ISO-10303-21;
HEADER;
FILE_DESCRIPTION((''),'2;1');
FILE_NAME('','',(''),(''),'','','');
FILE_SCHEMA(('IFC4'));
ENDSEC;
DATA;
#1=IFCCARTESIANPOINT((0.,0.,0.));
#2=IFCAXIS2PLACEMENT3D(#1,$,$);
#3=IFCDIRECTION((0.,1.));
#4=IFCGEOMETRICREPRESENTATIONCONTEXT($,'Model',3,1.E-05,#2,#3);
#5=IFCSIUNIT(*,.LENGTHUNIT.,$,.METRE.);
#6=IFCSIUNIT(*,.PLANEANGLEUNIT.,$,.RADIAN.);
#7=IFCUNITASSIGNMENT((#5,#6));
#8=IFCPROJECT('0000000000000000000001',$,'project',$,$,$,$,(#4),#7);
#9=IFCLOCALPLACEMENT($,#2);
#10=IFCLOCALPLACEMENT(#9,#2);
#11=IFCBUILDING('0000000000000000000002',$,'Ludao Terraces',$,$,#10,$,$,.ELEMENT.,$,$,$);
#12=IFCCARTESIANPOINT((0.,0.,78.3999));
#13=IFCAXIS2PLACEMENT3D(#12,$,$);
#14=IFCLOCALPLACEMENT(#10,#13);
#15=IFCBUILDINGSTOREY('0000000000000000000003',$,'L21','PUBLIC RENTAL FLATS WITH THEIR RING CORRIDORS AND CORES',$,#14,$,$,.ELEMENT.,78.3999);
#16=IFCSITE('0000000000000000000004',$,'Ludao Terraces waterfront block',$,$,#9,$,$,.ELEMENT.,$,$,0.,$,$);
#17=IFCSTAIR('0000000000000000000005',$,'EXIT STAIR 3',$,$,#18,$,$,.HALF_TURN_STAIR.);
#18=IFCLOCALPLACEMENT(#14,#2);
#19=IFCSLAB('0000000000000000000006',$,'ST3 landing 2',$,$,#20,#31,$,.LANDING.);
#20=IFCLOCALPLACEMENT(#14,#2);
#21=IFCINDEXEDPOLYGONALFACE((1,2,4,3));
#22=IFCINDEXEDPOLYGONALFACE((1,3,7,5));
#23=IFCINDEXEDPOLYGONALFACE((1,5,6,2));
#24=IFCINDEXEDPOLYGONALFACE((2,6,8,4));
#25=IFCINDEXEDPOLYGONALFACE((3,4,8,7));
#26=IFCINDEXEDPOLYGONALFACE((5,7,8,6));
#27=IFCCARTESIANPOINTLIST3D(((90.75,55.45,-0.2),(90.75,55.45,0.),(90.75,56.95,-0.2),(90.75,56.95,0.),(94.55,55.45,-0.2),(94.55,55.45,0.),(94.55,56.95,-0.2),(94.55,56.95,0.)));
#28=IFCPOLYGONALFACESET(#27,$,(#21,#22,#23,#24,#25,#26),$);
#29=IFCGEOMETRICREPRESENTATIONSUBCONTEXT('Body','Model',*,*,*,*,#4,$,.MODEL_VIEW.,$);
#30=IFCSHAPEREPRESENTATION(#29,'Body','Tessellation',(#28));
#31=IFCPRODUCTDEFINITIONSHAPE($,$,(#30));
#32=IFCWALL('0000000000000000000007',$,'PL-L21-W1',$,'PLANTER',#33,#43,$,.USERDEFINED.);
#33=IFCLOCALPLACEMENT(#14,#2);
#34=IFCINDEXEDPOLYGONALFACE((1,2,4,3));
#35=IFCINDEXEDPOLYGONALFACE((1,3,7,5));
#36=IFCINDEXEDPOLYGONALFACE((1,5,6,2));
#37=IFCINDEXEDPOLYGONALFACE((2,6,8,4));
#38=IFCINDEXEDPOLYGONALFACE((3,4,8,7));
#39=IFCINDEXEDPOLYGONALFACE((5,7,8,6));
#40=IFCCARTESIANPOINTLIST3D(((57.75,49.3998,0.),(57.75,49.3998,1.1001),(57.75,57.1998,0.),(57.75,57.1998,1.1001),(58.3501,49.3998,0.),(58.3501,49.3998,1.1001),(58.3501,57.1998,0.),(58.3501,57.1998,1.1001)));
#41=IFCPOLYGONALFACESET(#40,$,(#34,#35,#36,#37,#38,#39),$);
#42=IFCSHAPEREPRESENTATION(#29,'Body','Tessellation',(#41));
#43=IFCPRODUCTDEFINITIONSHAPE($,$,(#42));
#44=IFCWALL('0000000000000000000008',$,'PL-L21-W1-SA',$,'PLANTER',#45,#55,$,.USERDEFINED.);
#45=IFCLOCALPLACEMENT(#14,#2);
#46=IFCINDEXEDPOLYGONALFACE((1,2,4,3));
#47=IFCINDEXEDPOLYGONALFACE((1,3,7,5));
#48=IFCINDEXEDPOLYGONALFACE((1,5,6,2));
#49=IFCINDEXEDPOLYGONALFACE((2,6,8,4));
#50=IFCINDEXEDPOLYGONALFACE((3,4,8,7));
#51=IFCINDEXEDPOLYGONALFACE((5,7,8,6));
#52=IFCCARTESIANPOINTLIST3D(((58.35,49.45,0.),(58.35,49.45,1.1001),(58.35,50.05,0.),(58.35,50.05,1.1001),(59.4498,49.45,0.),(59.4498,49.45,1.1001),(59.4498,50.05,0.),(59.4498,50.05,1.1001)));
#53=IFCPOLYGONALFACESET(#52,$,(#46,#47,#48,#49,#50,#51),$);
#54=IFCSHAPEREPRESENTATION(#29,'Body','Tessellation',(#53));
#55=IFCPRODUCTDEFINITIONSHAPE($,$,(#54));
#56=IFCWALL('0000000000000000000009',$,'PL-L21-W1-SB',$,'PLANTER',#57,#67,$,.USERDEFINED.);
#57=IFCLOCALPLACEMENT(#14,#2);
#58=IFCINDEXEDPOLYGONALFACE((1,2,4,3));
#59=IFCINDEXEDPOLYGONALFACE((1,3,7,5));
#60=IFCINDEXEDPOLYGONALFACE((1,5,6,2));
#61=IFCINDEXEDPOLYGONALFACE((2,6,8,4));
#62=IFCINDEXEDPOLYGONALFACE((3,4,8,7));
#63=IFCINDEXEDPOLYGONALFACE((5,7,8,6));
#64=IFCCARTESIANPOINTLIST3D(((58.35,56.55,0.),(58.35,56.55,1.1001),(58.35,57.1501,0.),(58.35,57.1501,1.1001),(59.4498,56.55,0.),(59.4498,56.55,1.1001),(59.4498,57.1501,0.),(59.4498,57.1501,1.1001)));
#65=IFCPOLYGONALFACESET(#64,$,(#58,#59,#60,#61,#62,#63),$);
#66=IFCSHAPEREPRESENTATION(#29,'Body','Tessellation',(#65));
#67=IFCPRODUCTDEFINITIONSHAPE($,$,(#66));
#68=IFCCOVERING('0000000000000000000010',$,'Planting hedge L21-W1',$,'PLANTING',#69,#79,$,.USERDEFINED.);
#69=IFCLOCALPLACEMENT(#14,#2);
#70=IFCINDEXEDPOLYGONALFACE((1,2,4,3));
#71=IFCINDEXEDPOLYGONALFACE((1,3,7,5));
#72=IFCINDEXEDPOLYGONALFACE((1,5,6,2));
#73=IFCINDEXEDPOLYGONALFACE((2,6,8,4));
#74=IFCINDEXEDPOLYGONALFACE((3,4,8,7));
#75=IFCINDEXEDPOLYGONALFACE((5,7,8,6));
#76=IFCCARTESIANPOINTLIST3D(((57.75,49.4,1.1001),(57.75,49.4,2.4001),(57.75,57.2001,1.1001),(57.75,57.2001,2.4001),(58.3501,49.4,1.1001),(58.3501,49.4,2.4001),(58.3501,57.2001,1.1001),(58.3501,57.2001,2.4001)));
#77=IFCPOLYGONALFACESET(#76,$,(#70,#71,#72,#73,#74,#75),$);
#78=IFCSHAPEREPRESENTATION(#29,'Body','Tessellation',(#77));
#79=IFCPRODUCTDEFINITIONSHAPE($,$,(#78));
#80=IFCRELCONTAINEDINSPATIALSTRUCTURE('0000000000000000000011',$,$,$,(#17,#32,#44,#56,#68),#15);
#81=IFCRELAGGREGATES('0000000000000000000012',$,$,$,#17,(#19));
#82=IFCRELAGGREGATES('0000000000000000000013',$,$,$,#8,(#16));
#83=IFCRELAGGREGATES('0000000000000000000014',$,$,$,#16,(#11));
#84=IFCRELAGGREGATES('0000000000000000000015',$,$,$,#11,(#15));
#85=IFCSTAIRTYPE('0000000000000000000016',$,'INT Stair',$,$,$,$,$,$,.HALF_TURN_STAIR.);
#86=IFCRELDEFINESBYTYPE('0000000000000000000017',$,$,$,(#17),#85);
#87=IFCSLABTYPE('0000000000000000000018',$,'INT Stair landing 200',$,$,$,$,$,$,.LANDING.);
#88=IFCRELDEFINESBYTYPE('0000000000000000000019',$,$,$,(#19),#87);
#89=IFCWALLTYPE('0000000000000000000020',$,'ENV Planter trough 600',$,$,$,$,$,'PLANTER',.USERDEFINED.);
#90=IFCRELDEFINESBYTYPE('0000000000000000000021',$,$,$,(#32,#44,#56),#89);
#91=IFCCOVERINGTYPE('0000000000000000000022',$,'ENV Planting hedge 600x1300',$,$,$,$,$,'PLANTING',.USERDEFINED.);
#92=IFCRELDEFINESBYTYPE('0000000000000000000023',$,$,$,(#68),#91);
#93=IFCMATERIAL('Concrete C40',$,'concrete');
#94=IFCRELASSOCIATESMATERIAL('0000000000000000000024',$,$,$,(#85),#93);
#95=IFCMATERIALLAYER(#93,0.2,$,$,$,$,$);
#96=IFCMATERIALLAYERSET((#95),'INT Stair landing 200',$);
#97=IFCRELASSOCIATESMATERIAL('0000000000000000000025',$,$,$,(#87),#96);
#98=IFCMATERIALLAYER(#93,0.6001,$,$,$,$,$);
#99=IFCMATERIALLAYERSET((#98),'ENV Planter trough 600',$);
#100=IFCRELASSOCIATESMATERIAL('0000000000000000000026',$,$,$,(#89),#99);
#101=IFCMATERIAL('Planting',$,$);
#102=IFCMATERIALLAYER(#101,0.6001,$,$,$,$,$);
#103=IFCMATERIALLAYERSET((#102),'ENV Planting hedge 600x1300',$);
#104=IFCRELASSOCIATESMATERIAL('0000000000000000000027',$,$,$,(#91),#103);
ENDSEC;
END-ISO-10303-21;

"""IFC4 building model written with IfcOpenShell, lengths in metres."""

from ifc_helpers import new_model, si_unit, direction, frame, frame_2d, origin, origin_2d, place, context, subcontext, project, spatial, polyline, rectangle, outline, extrude, material, layer, layer_set, type_object, element, aggregate, save


model = new_model("IFC4")

# Units and contexts
model_context = context("Model", 3, precision=1e-05, world=origin(), true_north=direction((0.0, 1.0)))
body_context = subcontext(model_context, "Body", "Model", "MODEL_VIEW")
ifc_project = project(units=[si_unit("LENGTHUNIT", "METRE"), si_unit("PLANEANGLEUNIT", "RADIAN")], contexts=[model_context])

# Site, building, storey
site_placement = place(None, origin())
site = spatial("IfcSite", under=ifc_project, at=site_placement, Name="Ludao Terraces waterfront block", CompositionType="ELEMENT", RefElevation=0.0)
building_placement = place(site_placement, origin())
building = spatial("IfcBuilding", under=site, at=building_placement, Name="Ludao Terraces", CompositionType="ELEMENT")
storey_placement = place(building_placement, frame((0.0, 0.0, 78.3999)))
storey = spatial("IfcBuildingStorey", under=building, at=storey_placement, Name="L21", Description="PUBLIC RENTAL FLATS WITH THEIR RING CORRIDORS AND CORES", CompositionType="ELEMENT", Elevation=78.3999)

# Shared definitions
ifc_material_1 = material(Name="Concrete C40", Category="concrete")

# Stair, slab
stair_type = type_object("IfcStairType", Name="INT Stair", PredefinedType="HALF_TURN_STAIR", material=ifc_material_1)
ifc_layer_1 = layer(ifc_material_1, 0.2)
ifc_layer_set_1 = layer_set([ifc_layer_1], Name="INT Stair landing 200")
slab_type_1 = type_object("IfcSlabType", Name="INT Stair landing 200", PredefinedType="LANDING", material=ifc_layer_set_1)
stair_1_placement = place(storey_placement, origin())
stair_1 = element("IfcStair", 1, at=stair_1_placement, inside=storey, type_object=stair_type, Name="EXIT STAIR 3", PredefinedType="HALF_TURN_STAIR")
slab_1_placement = place(storey_placement, frame((0.0, 0.0, -0.2)))
slab_1 = element("IfcSlab", 2, at=slab_1_placement, type_object=slab_type_1, Name="ST3 landing 2", PredefinedType="LANDING", context=body_context, shape_type="SweptSolid", body=[
    extrude(outline(polyline([(90.75, 55.45), (94.55, 55.45), (94.55, 56.95), (90.75, 56.95), (90.75, 55.45)])), origin(), (0.0, 0.0, 1.0), 0.2),
])
aggregate(stair_1, [slab_1])

# Walls
ifc_layer_2 = layer(ifc_material_1, 0.6001)
ifc_layer_set_2 = layer_set([ifc_layer_2], Name="ENV Planter trough 600")
wall_type = type_object("IfcWallType", Name="ENV Planter trough 600", ElementType="PLANTER", PredefinedType="USERDEFINED", material=ifc_layer_set_2)
wall_placement = place(storey_placement, frame((58.05, 49.3999, 0.0), z_axis=(0.0, 0.0, 1.0), x_axis=(0.0, 1.0, 0.0)))
element("IfcWall", 3, at=wall_placement, inside=storey, type_object=wall_type, Name="PL-L21-W1", ObjectType="PLANTER", PredefinedType="USERDEFINED", context=body_context, shape_type="SweptSolid", body=[
    extrude(rectangle(XDim=7.8, YDim=0.6001, at=frame_2d((3.8999, 0.0))), origin(), (0.0, 0.0, 1.0), 1.1001),
])
for number, where, z_axis, x_axis, name in (
    (4, (58.3501, 49.75, 0.0), (0.0, 0.0, 1.0), (1.0, 0.0, 0.0), "PL-L21-W1-SA"),
    (5, (58.3501, 56.8501, 0.0), (0.0, 0.0, 1.0), (1.0, 0.0, 0.0), "PL-L21-W1-SB"),
):
    element("IfcWall", number, at=place(storey_placement, frame(where, z_axis=z_axis, x_axis=x_axis)), inside=storey, type_object=wall_type, Name=name, ObjectType="PLANTER", PredefinedType="USERDEFINED", context=body_context, shape_type="SweptSolid", body=[
        extrude(rectangle(XDim=1.0999, YDim=0.6001, at=frame_2d((0.5498, 0.0))), origin(), (0.0, 0.0, 1.0), 1.1001),
    ])

# Covering
ifc_material_2 = material(Name="Planting")
ifc_layer_3 = layer(ifc_material_2, 0.6001)
ifc_layer_set_3 = layer_set([ifc_layer_3], Name="ENV Planting hedge 600x1300")
covering_type = type_object("IfcCoveringType", Name="ENV Planting hedge 600x1300", ElementType="PLANTING", PredefinedType="USERDEFINED", material=ifc_layer_set_3)
covering_placement = place(storey_placement, frame((58.05, 53.3, 1.1001), z_axis=(0.0, 0.0, 1.0), x_axis=(1.0, 0.0, 0.0)))
element("IfcCovering", 6, at=covering_placement, inside=storey, type_object=covering_type, Name="Planting hedge L21-W1", ObjectType="PLANTING", PredefinedType="USERDEFINED", context=body_context, shape_type="SweptSolid", body=[
    extrude(rectangle(XDim=0.6001, YDim=7.8, at=origin_2d()), origin(), (0.0, 0.0, 1.0), 1.3),
])

save(model, "model.ifc")
